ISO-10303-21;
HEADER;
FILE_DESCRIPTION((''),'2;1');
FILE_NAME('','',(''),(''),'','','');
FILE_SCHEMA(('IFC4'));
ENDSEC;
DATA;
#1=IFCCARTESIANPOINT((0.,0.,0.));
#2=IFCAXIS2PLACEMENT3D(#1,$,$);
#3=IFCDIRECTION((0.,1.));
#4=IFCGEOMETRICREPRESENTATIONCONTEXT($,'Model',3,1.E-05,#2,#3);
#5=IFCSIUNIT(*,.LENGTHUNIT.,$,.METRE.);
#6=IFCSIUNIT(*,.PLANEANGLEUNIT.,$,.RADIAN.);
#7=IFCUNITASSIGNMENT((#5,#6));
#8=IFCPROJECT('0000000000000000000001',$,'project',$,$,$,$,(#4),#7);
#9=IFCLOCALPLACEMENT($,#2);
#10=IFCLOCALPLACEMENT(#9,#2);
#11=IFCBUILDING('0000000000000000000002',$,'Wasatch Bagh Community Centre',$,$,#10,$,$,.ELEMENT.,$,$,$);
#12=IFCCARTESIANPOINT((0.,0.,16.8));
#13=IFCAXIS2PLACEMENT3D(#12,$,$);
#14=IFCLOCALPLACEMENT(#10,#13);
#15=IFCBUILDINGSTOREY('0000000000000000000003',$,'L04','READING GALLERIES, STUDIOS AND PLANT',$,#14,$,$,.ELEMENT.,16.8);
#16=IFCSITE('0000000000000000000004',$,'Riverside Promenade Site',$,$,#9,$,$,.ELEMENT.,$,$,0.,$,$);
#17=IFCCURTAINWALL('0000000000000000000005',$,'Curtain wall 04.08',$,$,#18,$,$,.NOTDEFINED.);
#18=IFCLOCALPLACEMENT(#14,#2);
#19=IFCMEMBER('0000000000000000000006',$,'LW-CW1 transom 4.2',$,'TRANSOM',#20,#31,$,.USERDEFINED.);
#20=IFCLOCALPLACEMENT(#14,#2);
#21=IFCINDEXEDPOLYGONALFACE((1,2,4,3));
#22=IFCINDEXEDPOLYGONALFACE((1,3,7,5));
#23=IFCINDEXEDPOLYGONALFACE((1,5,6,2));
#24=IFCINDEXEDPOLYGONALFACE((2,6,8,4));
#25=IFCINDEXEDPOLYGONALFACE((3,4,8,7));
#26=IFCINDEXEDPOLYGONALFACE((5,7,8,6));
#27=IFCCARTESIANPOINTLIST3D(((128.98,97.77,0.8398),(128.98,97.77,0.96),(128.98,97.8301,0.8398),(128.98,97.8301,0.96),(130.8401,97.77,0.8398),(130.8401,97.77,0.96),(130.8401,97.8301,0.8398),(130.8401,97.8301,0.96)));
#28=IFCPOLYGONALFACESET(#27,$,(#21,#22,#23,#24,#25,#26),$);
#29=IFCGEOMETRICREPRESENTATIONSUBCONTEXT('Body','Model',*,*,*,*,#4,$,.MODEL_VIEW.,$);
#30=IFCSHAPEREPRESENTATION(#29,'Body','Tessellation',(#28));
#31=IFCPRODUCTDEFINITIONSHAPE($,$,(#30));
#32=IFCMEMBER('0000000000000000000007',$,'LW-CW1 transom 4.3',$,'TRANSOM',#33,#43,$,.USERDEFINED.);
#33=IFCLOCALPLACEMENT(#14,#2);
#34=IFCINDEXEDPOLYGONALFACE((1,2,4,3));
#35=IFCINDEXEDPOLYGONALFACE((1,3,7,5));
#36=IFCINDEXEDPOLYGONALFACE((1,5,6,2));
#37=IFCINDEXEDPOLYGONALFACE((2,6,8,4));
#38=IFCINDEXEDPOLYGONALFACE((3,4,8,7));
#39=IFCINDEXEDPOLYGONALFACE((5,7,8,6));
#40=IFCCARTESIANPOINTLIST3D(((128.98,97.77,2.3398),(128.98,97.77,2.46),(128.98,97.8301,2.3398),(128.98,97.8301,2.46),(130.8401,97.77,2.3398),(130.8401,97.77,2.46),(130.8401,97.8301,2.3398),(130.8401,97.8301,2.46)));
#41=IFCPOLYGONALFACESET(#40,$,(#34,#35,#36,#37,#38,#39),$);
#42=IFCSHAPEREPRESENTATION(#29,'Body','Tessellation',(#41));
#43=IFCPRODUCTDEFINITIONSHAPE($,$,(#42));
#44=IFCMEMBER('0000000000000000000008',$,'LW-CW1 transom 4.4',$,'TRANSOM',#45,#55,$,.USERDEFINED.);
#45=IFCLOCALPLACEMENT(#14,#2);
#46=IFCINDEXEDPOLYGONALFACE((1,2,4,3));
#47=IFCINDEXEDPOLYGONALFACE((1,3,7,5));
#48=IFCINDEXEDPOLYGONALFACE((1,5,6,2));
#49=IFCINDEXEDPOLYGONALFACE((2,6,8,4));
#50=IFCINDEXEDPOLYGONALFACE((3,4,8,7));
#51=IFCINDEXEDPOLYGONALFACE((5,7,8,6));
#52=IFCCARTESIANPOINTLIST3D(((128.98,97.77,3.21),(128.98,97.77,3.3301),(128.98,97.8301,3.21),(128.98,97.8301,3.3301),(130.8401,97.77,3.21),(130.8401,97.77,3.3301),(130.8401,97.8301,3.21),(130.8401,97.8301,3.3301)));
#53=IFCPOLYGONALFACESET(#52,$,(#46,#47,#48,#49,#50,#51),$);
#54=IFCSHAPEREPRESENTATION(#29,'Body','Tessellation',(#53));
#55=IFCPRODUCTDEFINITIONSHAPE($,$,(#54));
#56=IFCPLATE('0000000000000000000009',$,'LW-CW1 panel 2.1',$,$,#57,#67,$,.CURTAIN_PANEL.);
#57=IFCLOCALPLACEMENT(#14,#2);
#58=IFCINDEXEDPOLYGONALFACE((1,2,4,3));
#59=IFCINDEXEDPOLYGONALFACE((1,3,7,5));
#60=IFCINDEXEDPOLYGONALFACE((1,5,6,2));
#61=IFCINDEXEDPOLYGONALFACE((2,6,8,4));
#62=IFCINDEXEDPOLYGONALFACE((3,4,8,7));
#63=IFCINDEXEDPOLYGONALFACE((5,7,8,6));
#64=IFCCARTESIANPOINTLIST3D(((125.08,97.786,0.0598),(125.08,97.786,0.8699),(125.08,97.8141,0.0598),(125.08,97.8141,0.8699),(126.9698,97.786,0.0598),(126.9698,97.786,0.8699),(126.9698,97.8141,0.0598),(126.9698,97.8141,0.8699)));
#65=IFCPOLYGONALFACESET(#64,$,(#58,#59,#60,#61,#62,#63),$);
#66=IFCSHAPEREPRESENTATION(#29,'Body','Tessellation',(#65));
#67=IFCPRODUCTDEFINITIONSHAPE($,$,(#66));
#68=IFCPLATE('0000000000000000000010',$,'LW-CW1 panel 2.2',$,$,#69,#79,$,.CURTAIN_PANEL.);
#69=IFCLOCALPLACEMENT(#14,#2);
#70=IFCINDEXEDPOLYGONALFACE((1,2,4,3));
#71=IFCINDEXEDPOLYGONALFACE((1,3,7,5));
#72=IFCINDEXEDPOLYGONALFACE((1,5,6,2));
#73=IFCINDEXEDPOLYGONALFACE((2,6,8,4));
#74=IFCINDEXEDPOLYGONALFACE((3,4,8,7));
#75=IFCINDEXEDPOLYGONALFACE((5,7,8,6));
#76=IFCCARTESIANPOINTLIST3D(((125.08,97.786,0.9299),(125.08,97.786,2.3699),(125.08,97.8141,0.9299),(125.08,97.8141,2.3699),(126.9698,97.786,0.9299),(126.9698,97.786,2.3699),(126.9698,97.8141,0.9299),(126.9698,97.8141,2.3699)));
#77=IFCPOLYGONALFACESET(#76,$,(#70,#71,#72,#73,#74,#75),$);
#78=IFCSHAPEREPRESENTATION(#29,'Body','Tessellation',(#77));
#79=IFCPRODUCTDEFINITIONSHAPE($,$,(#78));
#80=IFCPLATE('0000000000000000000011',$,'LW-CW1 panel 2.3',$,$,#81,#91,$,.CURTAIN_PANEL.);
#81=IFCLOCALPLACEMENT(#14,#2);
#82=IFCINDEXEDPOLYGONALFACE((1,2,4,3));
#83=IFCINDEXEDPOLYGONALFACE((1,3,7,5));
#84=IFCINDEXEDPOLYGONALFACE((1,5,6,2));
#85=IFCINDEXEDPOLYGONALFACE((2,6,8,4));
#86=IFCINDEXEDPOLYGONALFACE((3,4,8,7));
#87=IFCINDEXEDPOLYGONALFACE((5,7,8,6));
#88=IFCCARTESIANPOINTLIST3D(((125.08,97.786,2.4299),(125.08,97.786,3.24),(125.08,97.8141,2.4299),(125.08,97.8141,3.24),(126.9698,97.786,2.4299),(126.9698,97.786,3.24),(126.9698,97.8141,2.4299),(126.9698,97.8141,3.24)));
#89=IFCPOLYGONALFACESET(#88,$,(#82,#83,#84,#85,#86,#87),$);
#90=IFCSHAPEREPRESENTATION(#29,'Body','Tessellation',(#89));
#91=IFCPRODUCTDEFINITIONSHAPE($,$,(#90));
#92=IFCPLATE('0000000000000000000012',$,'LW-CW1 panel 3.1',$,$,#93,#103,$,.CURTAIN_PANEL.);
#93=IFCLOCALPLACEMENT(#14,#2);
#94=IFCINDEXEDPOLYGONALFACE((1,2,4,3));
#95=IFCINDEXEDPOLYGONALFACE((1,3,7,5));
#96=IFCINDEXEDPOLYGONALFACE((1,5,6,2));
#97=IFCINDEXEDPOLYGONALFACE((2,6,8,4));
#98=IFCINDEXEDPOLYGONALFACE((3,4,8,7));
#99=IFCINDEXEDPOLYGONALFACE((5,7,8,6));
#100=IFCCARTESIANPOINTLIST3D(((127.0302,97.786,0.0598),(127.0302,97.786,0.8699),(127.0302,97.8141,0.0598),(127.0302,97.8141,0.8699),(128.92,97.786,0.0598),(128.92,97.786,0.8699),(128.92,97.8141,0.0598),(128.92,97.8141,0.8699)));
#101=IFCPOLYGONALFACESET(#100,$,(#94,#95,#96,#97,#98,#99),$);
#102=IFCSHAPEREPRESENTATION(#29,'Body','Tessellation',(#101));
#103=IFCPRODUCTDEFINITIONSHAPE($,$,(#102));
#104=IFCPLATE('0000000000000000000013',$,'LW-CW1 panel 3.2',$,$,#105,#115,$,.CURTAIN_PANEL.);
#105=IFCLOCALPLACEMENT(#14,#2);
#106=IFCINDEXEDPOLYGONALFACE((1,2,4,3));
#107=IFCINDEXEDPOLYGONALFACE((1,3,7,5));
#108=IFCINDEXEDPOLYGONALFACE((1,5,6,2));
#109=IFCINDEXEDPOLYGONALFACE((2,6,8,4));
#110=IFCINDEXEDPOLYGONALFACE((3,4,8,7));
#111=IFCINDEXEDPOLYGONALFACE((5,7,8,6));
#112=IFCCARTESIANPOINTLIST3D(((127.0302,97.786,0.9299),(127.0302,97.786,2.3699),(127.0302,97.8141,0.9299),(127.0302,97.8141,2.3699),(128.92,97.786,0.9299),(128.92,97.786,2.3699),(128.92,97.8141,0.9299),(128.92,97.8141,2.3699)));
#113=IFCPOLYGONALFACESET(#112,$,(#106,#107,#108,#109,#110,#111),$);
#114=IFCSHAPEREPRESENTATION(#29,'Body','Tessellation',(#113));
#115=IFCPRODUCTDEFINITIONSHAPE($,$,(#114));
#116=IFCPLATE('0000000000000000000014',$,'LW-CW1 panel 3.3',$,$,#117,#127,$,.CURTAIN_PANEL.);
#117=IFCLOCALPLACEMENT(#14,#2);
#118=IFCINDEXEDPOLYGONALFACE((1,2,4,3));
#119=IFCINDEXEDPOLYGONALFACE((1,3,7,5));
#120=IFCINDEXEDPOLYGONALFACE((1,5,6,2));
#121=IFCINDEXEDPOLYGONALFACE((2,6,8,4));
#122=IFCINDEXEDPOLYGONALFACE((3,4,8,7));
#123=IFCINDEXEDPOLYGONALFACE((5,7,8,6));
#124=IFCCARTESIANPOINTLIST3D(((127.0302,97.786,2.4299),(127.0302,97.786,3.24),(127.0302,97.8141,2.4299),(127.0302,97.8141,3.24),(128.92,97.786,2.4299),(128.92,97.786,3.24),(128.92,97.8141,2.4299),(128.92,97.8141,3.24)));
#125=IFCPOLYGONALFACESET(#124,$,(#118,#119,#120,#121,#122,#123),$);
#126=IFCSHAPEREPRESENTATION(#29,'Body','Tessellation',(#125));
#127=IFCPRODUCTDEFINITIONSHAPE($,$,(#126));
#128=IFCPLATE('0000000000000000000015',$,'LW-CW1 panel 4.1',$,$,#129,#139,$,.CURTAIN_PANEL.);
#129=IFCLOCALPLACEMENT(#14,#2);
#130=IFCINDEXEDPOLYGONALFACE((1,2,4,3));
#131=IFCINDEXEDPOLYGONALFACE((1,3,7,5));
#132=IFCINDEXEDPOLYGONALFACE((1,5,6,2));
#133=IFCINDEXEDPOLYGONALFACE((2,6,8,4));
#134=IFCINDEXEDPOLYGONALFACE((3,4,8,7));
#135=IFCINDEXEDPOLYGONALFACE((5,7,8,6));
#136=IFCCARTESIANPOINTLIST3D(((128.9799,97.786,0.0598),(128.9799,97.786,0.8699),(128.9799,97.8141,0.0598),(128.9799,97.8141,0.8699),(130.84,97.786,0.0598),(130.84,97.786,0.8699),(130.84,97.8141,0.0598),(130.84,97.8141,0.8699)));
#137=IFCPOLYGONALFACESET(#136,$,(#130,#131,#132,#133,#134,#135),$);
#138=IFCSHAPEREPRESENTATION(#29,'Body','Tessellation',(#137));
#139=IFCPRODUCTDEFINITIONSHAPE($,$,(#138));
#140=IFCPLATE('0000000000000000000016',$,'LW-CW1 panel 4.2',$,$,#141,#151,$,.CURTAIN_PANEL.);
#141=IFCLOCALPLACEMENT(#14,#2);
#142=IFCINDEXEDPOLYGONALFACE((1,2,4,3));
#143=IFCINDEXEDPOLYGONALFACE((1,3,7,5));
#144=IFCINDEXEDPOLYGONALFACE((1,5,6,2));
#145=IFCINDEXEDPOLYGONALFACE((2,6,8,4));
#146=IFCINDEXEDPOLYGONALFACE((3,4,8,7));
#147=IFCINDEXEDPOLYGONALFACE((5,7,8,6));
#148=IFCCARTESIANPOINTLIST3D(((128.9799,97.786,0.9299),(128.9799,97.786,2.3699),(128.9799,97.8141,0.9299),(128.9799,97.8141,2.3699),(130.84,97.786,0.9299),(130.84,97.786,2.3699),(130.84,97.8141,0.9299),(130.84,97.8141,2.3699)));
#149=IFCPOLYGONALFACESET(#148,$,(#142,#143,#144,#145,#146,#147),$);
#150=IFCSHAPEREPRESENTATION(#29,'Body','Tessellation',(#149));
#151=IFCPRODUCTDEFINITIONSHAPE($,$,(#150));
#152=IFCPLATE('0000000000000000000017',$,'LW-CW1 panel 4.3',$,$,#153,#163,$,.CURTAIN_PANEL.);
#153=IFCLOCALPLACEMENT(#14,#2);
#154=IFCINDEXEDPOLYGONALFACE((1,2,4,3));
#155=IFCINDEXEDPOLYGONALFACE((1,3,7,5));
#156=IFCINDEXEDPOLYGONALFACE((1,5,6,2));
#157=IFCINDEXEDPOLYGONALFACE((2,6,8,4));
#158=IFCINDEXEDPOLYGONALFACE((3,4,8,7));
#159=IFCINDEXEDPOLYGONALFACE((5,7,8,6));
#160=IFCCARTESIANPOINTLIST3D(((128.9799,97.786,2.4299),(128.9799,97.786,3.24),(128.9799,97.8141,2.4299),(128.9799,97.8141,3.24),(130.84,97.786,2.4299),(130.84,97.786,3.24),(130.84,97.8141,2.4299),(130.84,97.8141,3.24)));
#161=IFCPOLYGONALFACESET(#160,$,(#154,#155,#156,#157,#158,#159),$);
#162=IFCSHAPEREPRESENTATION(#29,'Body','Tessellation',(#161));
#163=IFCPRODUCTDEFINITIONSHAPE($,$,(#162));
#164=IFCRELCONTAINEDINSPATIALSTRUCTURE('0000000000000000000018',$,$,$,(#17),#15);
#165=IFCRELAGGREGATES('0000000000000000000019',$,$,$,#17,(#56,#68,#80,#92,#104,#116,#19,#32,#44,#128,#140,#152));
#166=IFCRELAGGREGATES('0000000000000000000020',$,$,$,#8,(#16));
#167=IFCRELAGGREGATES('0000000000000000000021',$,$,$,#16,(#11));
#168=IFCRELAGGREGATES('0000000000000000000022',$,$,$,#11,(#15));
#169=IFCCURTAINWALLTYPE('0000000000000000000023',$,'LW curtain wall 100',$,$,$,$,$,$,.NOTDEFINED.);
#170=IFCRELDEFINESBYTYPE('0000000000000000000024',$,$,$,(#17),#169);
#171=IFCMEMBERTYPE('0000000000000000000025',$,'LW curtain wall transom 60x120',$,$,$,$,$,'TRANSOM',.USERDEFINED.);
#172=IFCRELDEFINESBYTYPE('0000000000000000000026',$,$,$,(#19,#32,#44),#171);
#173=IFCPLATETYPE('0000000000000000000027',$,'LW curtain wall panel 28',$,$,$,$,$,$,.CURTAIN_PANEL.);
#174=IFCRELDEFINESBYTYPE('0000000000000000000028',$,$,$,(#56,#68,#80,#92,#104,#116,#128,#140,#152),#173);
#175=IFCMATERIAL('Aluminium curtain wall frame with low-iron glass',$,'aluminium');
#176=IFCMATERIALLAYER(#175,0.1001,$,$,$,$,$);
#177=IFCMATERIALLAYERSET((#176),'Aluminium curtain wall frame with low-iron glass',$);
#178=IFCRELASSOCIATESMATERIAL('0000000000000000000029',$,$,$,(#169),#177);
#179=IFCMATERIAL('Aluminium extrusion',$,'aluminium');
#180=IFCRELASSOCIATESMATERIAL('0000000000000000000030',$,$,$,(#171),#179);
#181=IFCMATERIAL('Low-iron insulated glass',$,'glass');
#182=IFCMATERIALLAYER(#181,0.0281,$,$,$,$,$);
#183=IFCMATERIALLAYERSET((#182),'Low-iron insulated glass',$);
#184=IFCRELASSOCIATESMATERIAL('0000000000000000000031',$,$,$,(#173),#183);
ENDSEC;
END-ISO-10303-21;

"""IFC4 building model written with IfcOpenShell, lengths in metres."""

from ifc_helpers import new_model, si_unit, direction, frame, origin, origin_2d, place, context, subcontext, project, spatial, rectangle, extrude, material, layer, layer_set, material_profile, profile_set, type_object, element, aggregate, save


model = new_model("IFC4")

# Units and contexts
model_context = context("Model", 3, precision=1e-05, world=origin(), true_north=direction((0.0, 1.0)))
body_context = subcontext(model_context, "Body", "Model", "MODEL_VIEW")
ifc_project = project(units=[si_unit("LENGTHUNIT", "METRE"), si_unit("PLANEANGLEUNIT", "RADIAN")], contexts=[model_context])

# Site, building, storey
site_placement = place(None, origin())
site = spatial("IfcSite", under=ifc_project, at=site_placement, Name="Riverside Promenade Site", CompositionType="ELEMENT", RefElevation=0.0)
building_placement = place(site_placement, origin())
building = spatial("IfcBuilding", under=site, at=building_placement, Name="Wasatch Bagh Community Centre", CompositionType="ELEMENT")
storey_placement = place(building_placement, frame((0.0, 0.0, 16.8)))
storey = spatial("IfcBuildingStorey", under=building, at=storey_placement, Name="L04", Description="READING GALLERIES, STUDIOS AND PLANT", CompositionType="ELEMENT", Elevation=16.8)

# Curtain wall
ifc_material_1 = material(Name="Aluminium curtain wall frame with low-iron glass", Category="aluminium")
ifc_layer_1 = layer(ifc_material_1, 0.1001)
ifc_layer_set_1 = layer_set([ifc_layer_1], Name="Aluminium curtain wall frame with low-iron glass")
curtain_wall_type_1 = type_object("IfcCurtainWallType", Name="LW curtain wall 100", PredefinedType="NOTDEFINED", material=ifc_layer_set_1)
curtain_wall_1_placement = place(storey_placement, origin())
curtain_wall_1 = element("IfcCurtainWall", 1, at=curtain_wall_1_placement, inside=storey, type_object=curtain_wall_type_1, Name="Curtain wall 04.08", PredefinedType="NOTDEFINED")
ifc_material_2 = material(Name="Aluminium extrusion", Category="aluminium")

# Members
ifc_material_profile_1 = material_profile(ifc_material_2, rectangle(XDim=0.0601, YDim=0.1201, at=origin_2d()), Name="AL 60x120")
ifc_profile_set_1 = profile_set([ifc_material_profile_1], Name="Aluminium extrusion")
member_type_1 = type_object("IfcMemberType", Name="LW curtain wall transom 60x120", ElementType="TRANSOM", PredefinedType="USERDEFINED", material=ifc_profile_set_1)
member_1_placement = place(storey_placement, frame((128.98, 97.8, 0.8999), z_axis=(1.0, 0.0, 0.0), x_axis=(0.0, 1.0, 0.0)))
member_1 = element("IfcMember", 2, at=member_1_placement, type_object=member_type_1, Name="LW-CW1 transom 4.2", ObjectType="TRANSOM", PredefinedType="USERDEFINED", context=body_context, shape_type="SweptSolid", body=[
    extrude(rectangle(XDim=0.0601, YDim=0.1201, at=origin_2d()), origin(), (0.0, 0.0, 1.0), 1.8601),
])
member_2_placement = place(storey_placement, frame((128.98, 97.8, 2.3999), z_axis=(1.0, 0.0, 0.0), x_axis=(0.0, 1.0, 0.0)))
member_2 = element("IfcMember", 3, at=member_2_placement, type_object=member_type_1, Name="LW-CW1 transom 4.3", ObjectType="TRANSOM", PredefinedType="USERDEFINED", context=body_context, shape_type="SweptSolid", body=[
    extrude(rectangle(XDim=0.0601, YDim=0.1201, at=origin_2d()), origin(), (0.0, 0.0, 1.0), 1.8601),
])
member_3_placement = place(storey_placement, frame((128.98, 97.8, 3.27), z_axis=(1.0, 0.0, 0.0), x_axis=(0.0, 1.0, 0.0)))
member_3 = element("IfcMember", 4, at=member_3_placement, type_object=member_type_1, Name="LW-CW1 transom 4.4", ObjectType="TRANSOM", PredefinedType="USERDEFINED", context=body_context, shape_type="SweptSolid", body=[
    extrude(rectangle(XDim=0.0601, YDim=0.1201, at=origin_2d()), origin(), (0.0, 0.0, 1.0), 1.8601),
])

# Plates
ifc_material_3 = material(Name="Low-iron insulated glass", Category="glass")
ifc_layer_2 = layer(ifc_material_3, 0.0281)
ifc_layer_set_2 = layer_set([ifc_layer_2], Name="Low-iron insulated glass")
plate_type = type_object("IfcPlateType", Name="LW curtain wall panel 28", PredefinedType="CURTAIN_PANEL", material=ifc_layer_set_2)
plate_1_placement = place(storey_placement, frame((126.0249, 97.8, 0.0598), z_axis=(0.0, 0.0, 1.0), x_axis=(1.0, 0.0, 0.0)))
plate_1 = element("IfcPlate", 5, at=plate_1_placement, type_object=plate_type, Name="LW-CW1 panel 2.1", PredefinedType="CURTAIN_PANEL", context=body_context, shape_type="SweptSolid", body=[
    extrude(rectangle(XDim=1.8899, YDim=0.0281, at=origin_2d()), origin(), (0.0, 0.0, 1.0), 0.8101),
])
plate_2_placement = place(storey_placement, frame((126.0249, 97.8, 0.9299), z_axis=(0.0, 0.0, 1.0), x_axis=(1.0, 0.0, 0.0)))
plate_2 = element("IfcPlate", 6, at=plate_2_placement, type_object=plate_type, Name="LW-CW1 panel 2.2", PredefinedType="CURTAIN_PANEL", context=body_context, shape_type="SweptSolid", body=[
    extrude(rectangle(XDim=1.8899, YDim=0.0281, at=origin_2d()), origin(), (0.0, 0.0, 1.0), 1.4399),
])
plate_3_placement = place(storey_placement, frame((126.0249, 97.8, 2.4299), z_axis=(0.0, 0.0, 1.0), x_axis=(1.0, 0.0, 0.0)))
plate_3 = element("IfcPlate", 7, at=plate_3_placement, type_object=plate_type, Name="LW-CW1 panel 2.3", PredefinedType="CURTAIN_PANEL", context=body_context, shape_type="SweptSolid", body=[
    extrude(rectangle(XDim=1.8899, YDim=0.0281, at=origin_2d()), origin(), (0.0, 0.0, 1.0), 0.8101),
])
plate_4_placement = place(storey_placement, frame((127.9751, 97.8, 0.0598), z_axis=(0.0, 0.0, 1.0), x_axis=(1.0, 0.0, 0.0)))
plate_4 = element("IfcPlate", 8, at=plate_4_placement, type_object=plate_type, Name="LW-CW1 panel 3.1", PredefinedType="CURTAIN_PANEL", context=body_context, shape_type="SweptSolid", body=[
    extrude(rectangle(XDim=1.8899, YDim=0.0281, at=origin_2d()), origin(), (0.0, 0.0, 1.0), 0.8101),
])
plate_5_placement = place(storey_placement, frame((127.9751, 97.8, 0.9299), z_axis=(0.0, 0.0, 1.0), x_axis=(1.0, 0.0, 0.0)))
plate_5 = element("IfcPlate", 9, at=plate_5_placement, type_object=plate_type, Name="LW-CW1 panel 3.2", PredefinedType="CURTAIN_PANEL", context=body_context, shape_type="SweptSolid", body=[
    extrude(rectangle(XDim=1.8899, YDim=0.0281, at=origin_2d()), origin(), (0.0, 0.0, 1.0), 1.4399),
])
plate_6_placement = place(storey_placement, frame((127.9751, 97.8, 2.4299), z_axis=(0.0, 0.0, 1.0), x_axis=(1.0, 0.0, 0.0)))
plate_6 = element("IfcPlate", 10, at=plate_6_placement, type_object=plate_type, Name="LW-CW1 panel 3.3", PredefinedType="CURTAIN_PANEL", context=body_context, shape_type="SweptSolid", body=[
    extrude(rectangle(XDim=1.8899, YDim=0.0281, at=origin_2d()), origin(), (0.0, 0.0, 1.0), 0.8101),
])
plate_7_placement = place(storey_placement, frame((129.9099, 97.8, 0.0598), z_axis=(0.0, 0.0, 1.0), x_axis=(1.0, 0.0, 0.0)))
plate_7 = element("IfcPlate", 11, at=plate_7_placement, type_object=plate_type, Name="LW-CW1 panel 4.1", PredefinedType="CURTAIN_PANEL", context=body_context, shape_type="SweptSolid", body=[
    extrude(rectangle(XDim=1.8601, YDim=0.0281, at=origin_2d()), origin(), (0.0, 0.0, 1.0), 0.8101),
])
plate_8_placement = place(storey_placement, frame((129.9099, 97.8, 0.9299), z_axis=(0.0, 0.0, 1.0), x_axis=(1.0, 0.0, 0.0)))
plate_8 = element("IfcPlate", 12, at=plate_8_placement, type_object=plate_type, Name="LW-CW1 panel 4.2", PredefinedType="CURTAIN_PANEL", context=body_context, shape_type="SweptSolid", body=[
    extrude(rectangle(XDim=1.8601, YDim=0.0281, at=origin_2d()), origin(), (0.0, 0.0, 1.0), 1.4399),
])
plate_9_placement = place(storey_placement, frame((129.9099, 97.8, 2.4299), z_axis=(0.0, 0.0, 1.0), x_axis=(1.0, 0.0, 0.0)))
plate_9 = element("IfcPlate", 13, at=plate_9_placement, type_object=plate_type, Name="LW-CW1 panel 4.3", PredefinedType="CURTAIN_PANEL", context=body_context, shape_type="SweptSolid", body=[
    extrude(rectangle(XDim=1.8601, YDim=0.0281, at=origin_2d()), origin(), (0.0, 0.0, 1.0), 0.8101),
])
aggregate(curtain_wall_1, [plate_1, plate_2, plate_3, plate_4, plate_5, plate_6, member_1, member_2, member_3, plate_7, plate_8, plate_9])

save(model, "model.ifc")
